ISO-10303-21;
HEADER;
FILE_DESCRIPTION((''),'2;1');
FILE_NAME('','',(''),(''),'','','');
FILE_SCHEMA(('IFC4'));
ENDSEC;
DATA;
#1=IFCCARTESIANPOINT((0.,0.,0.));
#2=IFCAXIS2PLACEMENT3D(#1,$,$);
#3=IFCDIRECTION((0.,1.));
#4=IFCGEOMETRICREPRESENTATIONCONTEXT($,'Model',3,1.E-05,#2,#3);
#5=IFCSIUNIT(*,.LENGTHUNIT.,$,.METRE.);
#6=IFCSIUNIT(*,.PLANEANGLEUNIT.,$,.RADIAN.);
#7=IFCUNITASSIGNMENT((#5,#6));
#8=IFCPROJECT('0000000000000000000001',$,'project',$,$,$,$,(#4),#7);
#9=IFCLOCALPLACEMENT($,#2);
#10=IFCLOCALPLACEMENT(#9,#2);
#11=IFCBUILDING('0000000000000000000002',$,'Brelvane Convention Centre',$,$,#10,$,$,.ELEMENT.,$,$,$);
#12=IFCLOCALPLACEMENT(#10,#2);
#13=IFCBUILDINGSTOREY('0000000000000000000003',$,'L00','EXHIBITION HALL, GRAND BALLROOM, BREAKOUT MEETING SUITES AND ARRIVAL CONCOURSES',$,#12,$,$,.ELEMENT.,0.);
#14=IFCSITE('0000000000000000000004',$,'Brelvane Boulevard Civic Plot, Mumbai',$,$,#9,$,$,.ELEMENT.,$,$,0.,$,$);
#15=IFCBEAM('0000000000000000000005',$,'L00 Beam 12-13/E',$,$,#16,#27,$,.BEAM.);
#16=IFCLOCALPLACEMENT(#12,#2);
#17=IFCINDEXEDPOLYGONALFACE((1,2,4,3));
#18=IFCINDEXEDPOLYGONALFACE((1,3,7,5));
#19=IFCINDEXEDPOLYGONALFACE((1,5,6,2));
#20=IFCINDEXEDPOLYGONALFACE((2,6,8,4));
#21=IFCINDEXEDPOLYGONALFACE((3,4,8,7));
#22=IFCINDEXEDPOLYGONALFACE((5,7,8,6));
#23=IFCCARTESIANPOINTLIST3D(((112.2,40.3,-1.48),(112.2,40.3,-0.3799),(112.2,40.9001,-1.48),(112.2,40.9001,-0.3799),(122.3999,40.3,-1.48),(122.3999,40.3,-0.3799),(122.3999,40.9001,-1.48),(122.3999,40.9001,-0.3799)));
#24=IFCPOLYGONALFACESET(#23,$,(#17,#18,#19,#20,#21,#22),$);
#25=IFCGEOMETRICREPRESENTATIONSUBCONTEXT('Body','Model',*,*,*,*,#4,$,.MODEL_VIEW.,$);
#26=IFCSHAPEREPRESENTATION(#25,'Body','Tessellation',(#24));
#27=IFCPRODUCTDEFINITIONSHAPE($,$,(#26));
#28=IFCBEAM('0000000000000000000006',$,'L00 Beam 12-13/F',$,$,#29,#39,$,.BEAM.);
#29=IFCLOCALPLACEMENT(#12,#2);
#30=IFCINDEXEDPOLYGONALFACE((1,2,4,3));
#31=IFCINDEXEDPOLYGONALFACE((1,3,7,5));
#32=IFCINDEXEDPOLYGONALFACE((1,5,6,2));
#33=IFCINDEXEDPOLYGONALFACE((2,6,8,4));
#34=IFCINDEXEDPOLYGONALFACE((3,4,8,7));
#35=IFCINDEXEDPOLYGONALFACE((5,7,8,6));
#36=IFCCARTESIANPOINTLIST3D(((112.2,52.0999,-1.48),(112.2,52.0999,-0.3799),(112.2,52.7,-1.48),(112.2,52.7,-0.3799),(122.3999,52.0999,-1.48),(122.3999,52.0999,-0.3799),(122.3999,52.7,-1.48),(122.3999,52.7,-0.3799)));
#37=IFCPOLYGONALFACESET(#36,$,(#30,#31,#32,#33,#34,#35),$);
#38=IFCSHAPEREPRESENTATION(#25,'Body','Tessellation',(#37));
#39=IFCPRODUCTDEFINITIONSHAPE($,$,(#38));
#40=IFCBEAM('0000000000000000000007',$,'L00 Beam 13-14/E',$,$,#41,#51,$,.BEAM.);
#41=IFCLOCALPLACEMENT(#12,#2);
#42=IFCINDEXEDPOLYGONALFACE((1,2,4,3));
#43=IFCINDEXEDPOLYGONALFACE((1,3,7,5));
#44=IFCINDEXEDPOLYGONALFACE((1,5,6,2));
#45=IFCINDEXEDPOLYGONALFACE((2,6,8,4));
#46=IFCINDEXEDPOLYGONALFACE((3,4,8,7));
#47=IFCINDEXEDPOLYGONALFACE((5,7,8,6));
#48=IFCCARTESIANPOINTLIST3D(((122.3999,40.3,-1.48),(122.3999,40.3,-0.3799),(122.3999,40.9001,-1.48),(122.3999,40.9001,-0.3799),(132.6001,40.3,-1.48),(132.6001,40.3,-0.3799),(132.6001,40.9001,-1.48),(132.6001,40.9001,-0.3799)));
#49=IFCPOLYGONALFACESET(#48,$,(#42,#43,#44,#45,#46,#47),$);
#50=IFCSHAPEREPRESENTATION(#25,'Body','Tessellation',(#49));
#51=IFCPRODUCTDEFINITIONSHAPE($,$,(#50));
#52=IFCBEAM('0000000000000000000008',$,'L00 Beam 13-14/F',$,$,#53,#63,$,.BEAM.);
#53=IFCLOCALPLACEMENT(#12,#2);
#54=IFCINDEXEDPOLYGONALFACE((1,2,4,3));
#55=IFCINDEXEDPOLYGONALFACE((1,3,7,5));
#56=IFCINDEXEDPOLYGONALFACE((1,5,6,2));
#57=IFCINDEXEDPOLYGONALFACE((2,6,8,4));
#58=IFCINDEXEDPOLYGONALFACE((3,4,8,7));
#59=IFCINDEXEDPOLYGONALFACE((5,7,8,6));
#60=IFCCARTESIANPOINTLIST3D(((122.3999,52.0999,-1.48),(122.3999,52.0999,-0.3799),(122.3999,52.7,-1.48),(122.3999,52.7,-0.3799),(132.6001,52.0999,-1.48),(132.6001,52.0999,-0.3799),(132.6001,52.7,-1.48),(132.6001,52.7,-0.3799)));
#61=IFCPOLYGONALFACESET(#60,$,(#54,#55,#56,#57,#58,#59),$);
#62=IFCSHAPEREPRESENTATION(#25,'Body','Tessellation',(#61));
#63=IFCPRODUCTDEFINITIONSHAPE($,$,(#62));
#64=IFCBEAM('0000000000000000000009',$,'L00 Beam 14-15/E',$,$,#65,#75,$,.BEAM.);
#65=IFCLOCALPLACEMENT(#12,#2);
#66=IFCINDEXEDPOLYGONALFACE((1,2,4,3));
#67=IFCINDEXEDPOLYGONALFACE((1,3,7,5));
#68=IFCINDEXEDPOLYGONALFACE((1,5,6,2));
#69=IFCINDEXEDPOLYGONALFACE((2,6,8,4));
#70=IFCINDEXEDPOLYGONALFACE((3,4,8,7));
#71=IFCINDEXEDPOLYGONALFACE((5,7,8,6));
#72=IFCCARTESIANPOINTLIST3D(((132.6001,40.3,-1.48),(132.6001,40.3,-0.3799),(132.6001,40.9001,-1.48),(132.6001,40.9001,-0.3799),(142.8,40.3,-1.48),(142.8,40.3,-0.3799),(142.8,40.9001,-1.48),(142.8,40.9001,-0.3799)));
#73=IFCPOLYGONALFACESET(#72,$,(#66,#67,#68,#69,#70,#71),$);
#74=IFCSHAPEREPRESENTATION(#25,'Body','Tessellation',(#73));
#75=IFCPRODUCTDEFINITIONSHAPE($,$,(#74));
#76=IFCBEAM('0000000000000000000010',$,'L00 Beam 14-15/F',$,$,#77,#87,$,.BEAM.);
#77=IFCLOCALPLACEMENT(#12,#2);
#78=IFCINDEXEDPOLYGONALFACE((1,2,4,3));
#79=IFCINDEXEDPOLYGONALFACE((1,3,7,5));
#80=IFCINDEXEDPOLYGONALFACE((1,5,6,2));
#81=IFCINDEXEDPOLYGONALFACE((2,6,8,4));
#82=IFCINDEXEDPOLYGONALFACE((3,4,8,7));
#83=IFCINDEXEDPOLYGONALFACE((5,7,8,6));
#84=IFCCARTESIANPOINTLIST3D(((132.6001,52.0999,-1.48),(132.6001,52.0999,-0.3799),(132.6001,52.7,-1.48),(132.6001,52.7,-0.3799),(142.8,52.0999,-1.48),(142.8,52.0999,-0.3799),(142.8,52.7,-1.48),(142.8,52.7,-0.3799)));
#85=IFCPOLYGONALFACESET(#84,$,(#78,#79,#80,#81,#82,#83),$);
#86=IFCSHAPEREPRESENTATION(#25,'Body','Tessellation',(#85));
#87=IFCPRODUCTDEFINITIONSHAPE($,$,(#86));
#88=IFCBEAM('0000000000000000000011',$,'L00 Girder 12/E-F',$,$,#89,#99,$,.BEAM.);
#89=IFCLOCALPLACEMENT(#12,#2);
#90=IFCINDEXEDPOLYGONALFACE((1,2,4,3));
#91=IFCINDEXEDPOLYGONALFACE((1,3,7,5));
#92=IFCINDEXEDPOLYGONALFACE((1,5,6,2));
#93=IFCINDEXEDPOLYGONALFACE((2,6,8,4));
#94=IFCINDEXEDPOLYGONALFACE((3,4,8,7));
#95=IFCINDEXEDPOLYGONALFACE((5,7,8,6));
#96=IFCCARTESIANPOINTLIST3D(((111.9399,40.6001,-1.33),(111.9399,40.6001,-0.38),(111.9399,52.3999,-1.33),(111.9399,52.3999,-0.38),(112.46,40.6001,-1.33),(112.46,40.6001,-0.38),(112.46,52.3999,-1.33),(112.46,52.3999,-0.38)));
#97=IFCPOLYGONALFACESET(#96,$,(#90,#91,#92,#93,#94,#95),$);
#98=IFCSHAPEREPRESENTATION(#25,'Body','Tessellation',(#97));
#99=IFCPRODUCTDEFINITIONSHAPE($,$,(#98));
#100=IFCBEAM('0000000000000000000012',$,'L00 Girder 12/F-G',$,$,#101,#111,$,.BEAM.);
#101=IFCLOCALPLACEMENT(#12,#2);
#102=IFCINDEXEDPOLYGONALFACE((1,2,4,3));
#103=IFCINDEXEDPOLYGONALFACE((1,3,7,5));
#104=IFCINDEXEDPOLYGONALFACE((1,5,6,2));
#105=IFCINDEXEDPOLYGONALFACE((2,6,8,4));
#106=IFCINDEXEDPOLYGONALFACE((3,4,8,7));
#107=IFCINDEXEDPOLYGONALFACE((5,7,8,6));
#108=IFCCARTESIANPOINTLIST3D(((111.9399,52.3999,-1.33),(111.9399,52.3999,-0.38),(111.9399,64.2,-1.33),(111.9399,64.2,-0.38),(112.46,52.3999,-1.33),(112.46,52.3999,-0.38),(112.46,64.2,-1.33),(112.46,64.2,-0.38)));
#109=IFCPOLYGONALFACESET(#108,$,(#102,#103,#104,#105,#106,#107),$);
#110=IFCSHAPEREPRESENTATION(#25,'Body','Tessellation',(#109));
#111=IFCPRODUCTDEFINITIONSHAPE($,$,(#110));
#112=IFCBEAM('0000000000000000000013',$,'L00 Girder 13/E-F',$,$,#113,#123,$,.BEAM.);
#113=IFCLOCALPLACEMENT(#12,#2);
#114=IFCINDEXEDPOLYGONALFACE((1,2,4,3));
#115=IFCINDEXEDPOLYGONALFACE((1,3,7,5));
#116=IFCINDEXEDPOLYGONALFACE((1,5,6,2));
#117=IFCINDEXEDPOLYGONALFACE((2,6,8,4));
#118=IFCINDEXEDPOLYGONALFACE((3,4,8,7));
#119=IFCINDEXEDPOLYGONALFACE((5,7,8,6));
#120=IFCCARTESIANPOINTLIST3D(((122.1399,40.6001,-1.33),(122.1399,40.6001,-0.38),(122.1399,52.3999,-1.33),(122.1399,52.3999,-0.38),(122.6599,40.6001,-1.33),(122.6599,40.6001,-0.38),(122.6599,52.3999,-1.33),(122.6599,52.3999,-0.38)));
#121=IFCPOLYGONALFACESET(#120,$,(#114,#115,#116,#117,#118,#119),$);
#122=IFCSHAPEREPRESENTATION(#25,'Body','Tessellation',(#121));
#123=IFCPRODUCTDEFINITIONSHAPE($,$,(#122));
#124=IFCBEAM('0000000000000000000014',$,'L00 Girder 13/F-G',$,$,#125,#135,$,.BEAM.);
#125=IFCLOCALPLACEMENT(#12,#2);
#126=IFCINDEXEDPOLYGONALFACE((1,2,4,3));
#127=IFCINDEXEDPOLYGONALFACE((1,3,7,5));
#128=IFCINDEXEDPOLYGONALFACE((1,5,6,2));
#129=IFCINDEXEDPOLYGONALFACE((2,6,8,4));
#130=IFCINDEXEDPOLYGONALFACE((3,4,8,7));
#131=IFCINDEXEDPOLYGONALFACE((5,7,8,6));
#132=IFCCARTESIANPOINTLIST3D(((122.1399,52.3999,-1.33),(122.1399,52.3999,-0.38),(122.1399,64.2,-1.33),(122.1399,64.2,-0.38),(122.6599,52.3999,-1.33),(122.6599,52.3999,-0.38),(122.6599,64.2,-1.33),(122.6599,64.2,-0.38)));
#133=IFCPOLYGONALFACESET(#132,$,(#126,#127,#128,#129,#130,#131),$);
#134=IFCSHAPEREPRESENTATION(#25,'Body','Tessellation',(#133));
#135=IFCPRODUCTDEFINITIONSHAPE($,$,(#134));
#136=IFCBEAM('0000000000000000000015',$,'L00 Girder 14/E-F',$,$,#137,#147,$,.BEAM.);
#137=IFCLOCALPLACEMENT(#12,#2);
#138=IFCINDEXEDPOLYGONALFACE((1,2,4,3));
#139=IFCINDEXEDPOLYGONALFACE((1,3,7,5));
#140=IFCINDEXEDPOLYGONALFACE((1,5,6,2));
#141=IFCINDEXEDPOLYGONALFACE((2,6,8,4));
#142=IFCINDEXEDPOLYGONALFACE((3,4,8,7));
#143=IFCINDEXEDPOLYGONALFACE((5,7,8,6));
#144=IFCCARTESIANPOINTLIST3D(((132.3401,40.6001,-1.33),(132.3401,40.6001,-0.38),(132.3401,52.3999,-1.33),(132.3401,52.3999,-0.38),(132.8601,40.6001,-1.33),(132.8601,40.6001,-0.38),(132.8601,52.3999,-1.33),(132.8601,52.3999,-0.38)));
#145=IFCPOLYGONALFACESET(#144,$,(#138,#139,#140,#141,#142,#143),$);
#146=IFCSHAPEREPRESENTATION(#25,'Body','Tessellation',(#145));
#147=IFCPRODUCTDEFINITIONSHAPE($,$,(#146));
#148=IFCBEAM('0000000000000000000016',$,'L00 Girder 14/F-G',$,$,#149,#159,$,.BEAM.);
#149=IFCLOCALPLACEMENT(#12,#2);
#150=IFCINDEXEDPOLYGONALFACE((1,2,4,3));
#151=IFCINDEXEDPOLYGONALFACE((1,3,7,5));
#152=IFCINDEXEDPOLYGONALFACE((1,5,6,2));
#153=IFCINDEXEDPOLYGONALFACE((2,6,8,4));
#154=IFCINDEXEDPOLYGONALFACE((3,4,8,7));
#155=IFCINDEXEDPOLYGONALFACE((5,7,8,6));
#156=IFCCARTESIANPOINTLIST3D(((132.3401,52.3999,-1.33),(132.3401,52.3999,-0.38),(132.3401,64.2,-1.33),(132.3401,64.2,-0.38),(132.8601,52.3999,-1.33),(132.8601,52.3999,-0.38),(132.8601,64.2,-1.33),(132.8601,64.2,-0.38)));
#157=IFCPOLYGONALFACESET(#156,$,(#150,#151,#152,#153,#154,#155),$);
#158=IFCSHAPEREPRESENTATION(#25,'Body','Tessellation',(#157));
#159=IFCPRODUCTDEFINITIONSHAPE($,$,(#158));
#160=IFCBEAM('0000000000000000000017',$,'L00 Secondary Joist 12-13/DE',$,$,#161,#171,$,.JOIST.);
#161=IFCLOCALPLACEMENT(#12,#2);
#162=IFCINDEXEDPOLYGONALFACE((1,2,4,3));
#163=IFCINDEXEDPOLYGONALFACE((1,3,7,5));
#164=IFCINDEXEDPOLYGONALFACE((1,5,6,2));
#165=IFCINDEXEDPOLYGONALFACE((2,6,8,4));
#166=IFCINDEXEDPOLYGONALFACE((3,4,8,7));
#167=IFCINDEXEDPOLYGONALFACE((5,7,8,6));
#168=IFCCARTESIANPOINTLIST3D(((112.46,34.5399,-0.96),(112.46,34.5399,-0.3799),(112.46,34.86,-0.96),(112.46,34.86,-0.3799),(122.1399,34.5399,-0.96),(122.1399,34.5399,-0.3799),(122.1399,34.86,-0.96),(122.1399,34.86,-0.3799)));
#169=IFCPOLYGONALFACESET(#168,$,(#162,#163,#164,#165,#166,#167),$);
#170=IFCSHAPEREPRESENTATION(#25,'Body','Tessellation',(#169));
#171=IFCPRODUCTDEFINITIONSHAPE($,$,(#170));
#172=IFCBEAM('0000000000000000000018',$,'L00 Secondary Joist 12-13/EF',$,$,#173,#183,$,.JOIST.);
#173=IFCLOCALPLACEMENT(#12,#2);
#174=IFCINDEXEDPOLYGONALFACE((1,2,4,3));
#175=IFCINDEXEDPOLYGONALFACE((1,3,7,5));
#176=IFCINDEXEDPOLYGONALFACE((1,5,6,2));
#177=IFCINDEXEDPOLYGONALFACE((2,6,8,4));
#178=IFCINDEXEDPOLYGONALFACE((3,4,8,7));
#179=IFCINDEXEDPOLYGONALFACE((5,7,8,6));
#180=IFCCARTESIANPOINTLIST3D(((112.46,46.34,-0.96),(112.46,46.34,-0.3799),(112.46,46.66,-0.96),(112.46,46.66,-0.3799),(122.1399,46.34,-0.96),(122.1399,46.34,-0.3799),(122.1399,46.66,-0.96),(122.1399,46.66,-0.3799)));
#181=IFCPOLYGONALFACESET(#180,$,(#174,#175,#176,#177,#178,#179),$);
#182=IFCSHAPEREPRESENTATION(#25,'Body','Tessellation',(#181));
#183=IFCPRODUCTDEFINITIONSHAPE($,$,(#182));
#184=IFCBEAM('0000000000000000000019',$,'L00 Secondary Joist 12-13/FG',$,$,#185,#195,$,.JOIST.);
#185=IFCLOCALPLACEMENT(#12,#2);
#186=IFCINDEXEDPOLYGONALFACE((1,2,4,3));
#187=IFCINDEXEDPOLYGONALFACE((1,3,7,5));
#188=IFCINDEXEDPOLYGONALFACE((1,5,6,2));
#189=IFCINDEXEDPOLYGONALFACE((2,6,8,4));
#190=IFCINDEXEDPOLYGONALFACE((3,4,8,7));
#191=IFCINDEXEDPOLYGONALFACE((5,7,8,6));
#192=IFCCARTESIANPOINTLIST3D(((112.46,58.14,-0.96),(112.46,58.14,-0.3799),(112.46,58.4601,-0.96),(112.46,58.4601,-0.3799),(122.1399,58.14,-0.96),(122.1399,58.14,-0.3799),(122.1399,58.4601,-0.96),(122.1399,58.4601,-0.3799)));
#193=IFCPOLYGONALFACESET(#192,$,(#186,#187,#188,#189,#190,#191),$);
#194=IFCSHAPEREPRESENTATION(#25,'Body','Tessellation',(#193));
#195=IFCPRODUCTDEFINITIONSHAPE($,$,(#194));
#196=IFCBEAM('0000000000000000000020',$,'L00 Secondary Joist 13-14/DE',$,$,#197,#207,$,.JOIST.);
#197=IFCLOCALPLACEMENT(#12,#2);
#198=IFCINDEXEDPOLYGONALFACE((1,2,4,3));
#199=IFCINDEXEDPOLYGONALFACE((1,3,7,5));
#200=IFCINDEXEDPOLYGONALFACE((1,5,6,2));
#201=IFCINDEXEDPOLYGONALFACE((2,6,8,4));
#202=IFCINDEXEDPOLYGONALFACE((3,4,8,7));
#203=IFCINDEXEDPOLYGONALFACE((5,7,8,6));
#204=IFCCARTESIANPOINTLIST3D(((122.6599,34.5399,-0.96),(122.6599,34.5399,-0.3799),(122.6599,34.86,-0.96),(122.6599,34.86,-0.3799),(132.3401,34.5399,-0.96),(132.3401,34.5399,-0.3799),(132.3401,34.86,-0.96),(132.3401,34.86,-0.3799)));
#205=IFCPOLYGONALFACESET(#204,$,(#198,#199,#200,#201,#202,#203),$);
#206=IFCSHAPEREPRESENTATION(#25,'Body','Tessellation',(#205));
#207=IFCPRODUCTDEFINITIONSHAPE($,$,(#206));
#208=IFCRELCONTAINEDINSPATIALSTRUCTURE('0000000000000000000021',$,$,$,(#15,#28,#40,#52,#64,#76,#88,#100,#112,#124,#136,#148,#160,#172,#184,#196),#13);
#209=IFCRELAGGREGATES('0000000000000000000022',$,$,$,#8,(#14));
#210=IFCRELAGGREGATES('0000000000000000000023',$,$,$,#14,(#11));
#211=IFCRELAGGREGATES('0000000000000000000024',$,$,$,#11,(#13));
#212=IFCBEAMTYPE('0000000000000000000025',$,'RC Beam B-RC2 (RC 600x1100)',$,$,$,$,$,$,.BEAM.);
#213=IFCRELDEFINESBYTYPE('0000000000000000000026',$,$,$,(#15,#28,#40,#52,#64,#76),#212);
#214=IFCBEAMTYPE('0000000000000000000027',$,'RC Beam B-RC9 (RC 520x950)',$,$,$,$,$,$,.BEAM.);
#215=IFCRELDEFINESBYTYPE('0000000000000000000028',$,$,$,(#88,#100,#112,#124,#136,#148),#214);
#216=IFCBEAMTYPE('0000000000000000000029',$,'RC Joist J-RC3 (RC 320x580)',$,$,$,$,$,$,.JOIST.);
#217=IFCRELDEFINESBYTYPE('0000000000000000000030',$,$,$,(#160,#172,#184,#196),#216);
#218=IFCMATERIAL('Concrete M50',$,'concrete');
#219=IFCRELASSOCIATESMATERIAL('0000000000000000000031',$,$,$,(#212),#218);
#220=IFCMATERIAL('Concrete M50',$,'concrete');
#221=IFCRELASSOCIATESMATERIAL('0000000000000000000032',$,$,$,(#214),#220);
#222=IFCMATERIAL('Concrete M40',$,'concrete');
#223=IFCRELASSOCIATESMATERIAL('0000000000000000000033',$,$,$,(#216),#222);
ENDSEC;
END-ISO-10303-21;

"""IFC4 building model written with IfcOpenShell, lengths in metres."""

from ifc_helpers import new_model, si_unit, direction, frame, origin, origin_2d, place, context, subcontext, project, spatial, rectangle, extrude, material, material_profile, profile_set, type_object, element, save


model = new_model("IFC4")

# Units and contexts
model_context = context("Model", 3, precision=1e-05, world=origin(), true_north=direction((0.0, 1.0)))
body_context = subcontext(model_context, "Body", "Model", "MODEL_VIEW")
ifc_project = project(units=[si_unit("LENGTHUNIT", "METRE"), si_unit("PLANEANGLEUNIT", "RADIAN")], contexts=[model_context])

# Site, building, storey
site_placement = place(None, origin())
site = spatial("IfcSite", under=ifc_project, at=site_placement, Name="Brelvane Boulevard Civic Plot, Mumbai", CompositionType="ELEMENT", RefElevation=0.0)
building_placement = place(site_placement, origin())
building = spatial("IfcBuilding", under=site, at=building_placement, Name="Brelvane Convention Centre", CompositionType="ELEMENT")
storey_placement = place(building_placement, origin())
storey = spatial("IfcBuildingStorey", under=building, at=storey_placement, Name="L00", Description="EXHIBITION HALL, GRAND BALLROOM, BREAKOUT MEETING SUITES AND ARRIVAL CONCOURSES", CompositionType="ELEMENT", Elevation=0.0)

# Beams
ifc_material_1 = material(Name="Concrete M50", Category="concrete")
ifc_material_profile_1 = material_profile(ifc_material_1, rectangle(XDim=0.6001, YDim=1.1001, at=origin_2d()), Name="RC 600x1100")
ifc_profile_set_1 = profile_set([ifc_material_profile_1], Name="Concrete M50")
beam_type_1 = type_object("IfcBeamType", Name="RC Beam B-RC2 (RC 600x1100)", PredefinedType="BEAM", material=ifc_profile_set_1)
for number, where, z_axis, x_axis, name in (
    (1, (112.2, 40.6001, -0.9299), (1.0, 0.0, 0.0), (0.0, 1.0, 0.0), "L00 Beam 12-13/E"),
    (2, (112.2, 52.3999, -0.9299), (1.0, 0.0, 0.0), (0.0, 1.0, 0.0), "L00 Beam 12-13/F"),
):
    element("IfcBeam", number, at=place(storey_placement, frame(where, z_axis=z_axis, x_axis=x_axis)), inside=storey, type_object=beam_type_1, Name=name, PredefinedType="BEAM", context=body_context, shape_type="SweptSolid", body=[
        extrude(rectangle(XDim=0.6001, YDim=1.1001, at=origin_2d()), origin(), (0.0, 0.0, 1.0), 10.2),
    ])
for number, where, z_axis, x_axis, name in (
    (3, (122.3999, 40.6001, -0.9299), (1.0, 0.0, 0.0), (0.0, 1.0, 0.0), "L00 Beam 13-14/E"),
    (4, (122.3999, 52.3999, -0.9299), (1.0, 0.0, 0.0), (0.0, 1.0, 0.0), "L00 Beam 13-14/F"),
):
    element("IfcBeam", number, at=place(storey_placement, frame(where, z_axis=z_axis, x_axis=x_axis)), inside=storey, type_object=beam_type_1, Name=name, PredefinedType="BEAM", context=body_context, shape_type="SweptSolid", body=[
        extrude(rectangle(XDim=0.6001, YDim=1.1001, at=origin_2d()), origin(), (0.0, 0.0, 1.0), 10.2002),
    ])
for number, where, z_axis, x_axis, name in (
    (5, (132.6001, 40.6001, -0.9299), (1.0, 0.0, 0.0), (0.0, 1.0, 0.0), "L00 Beam 14-15/E"),
    (6, (132.6001, 52.3999, -0.9299), (1.0, 0.0, 0.0), (0.0, 1.0, 0.0), "L00 Beam 14-15/F"),
):
    element("IfcBeam", number, at=place(storey_placement, frame(where, z_axis=z_axis, x_axis=x_axis)), inside=storey, type_object=beam_type_1, Name=name, PredefinedType="BEAM", context=body_context, shape_type="SweptSolid", body=[
        extrude(rectangle(XDim=0.6001, YDim=1.1001, at=origin_2d()), origin(), (0.0, 0.0, 1.0), 10.2),
    ])
ifc_material_2 = material(Name="Concrete M50", Category="concrete")
ifc_material_profile_2 = material_profile(ifc_material_2, rectangle(XDim=0.52, YDim=0.95, at=origin_2d()), Name="RC 520x950")
ifc_profile_set_2 = profile_set([ifc_material_profile_2], Name="Concrete M50")
beam_type_2 = type_object("IfcBeamType", Name="RC Beam B-RC9 (RC 520x950)", PredefinedType="BEAM", material=ifc_profile_set_2)
beam_1_placement = place(storey_placement, frame((112.2, 40.6001, -0.855), z_axis=(0.0, 1.0, 0.0), x_axis=(-1.0, 0.0, 0.0)))
element("IfcBeam", 7, at=beam_1_placement, inside=storey, type_object=beam_type_2, Name="L00 Girder 12/E-F", PredefinedType="BEAM", context=body_context, shape_type="SweptSolid", body=[
    extrude(rectangle(XDim=0.52, YDim=0.95, at=origin_2d()), origin(), (0.0, 0.0, 1.0), 11.7998),
])
beam_2_placement = place(storey_placement, frame((112.2, 52.3999, -0.855), z_axis=(0.0, 1.0, 0.0), x_axis=(-1.0, 0.0, 0.0)))
element("IfcBeam", 8, at=beam_2_placement, inside=storey, type_object=beam_type_2, Name="L00 Girder 12/F-G", PredefinedType="BEAM", context=body_context, shape_type="SweptSolid", body=[
    extrude(rectangle(XDim=0.52, YDim=0.95, at=origin_2d()), origin(), (0.0, 0.0, 1.0), 11.8),
])
beam_3_placement = place(storey_placement, frame((122.3999, 40.6001, -0.855), z_axis=(0.0, 1.0, 0.0), x_axis=(-1.0, 0.0, 0.0)))
element("IfcBeam", 9, at=beam_3_placement, inside=storey, type_object=beam_type_2, Name="L00 Girder 13/E-F", PredefinedType="BEAM", context=body_context, shape_type="SweptSolid", body=[
    extrude(rectangle(XDim=0.52, YDim=0.95, at=origin_2d()), origin(), (0.0, 0.0, 1.0), 11.7998),
])
beam_4_placement = place(storey_placement, frame((122.3999, 52.3999, -0.855), z_axis=(0.0, 1.0, 0.0), x_axis=(-1.0, 0.0, 0.0)))
element("IfcBeam", 10, at=beam_4_placement, inside=storey, type_object=beam_type_2, Name="L00 Girder 13/F-G", PredefinedType="BEAM", context=body_context, shape_type="SweptSolid", body=[
    extrude(rectangle(XDim=0.52, YDim=0.95, at=origin_2d()), origin(), (0.0, 0.0, 1.0), 11.8),
])
beam_5_placement = place(storey_placement, frame((132.6001, 40.6001, -0.855), z_axis=(0.0, 1.0, 0.0), x_axis=(-1.0, 0.0, 0.0)))
element("IfcBeam", 11, at=beam_5_placement, inside=storey, type_object=beam_type_2, Name="L00 Girder 14/E-F", PredefinedType="BEAM", context=body_context, shape_type="SweptSolid", body=[
    extrude(rectangle(XDim=0.52, YDim=0.95, at=origin_2d()), origin(), (0.0, 0.0, 1.0), 11.7998),
])
beam_6_placement = place(storey_placement, frame((132.6001, 52.3999, -0.855), z_axis=(0.0, 1.0, 0.0), x_axis=(-1.0, 0.0, 0.0)))
element("IfcBeam", 12, at=beam_6_placement, inside=storey, type_object=beam_type_2, Name="L00 Girder 14/F-G", PredefinedType="BEAM", context=body_context, shape_type="SweptSolid", body=[
    extrude(rectangle(XDim=0.52, YDim=0.95, at=origin_2d()), origin(), (0.0, 0.0, 1.0), 11.8),
])
ifc_material_3 = material(Name="Concrete M40", Category="concrete")
ifc_material_profile_3 = material_profile(ifc_material_3, rectangle(XDim=0.3201, YDim=0.5801, at=origin_2d()), Name="RC 320x580")
ifc_profile_set_3 = profile_set([ifc_material_profile_3], Name="Concrete M40")
beam_type_3 = type_object("IfcBeamType", Name="RC Joist J-RC3 (RC 320x580)", PredefinedType="JOIST", material=ifc_profile_set_3)
for number, where, z_axis, x_axis, name in (
    (13, (112.46, 34.7, -0.6699), (1.0, 0.0, 0.0), (0.0, 1.0, 0.0), "L00 Secondary Joist 12-13/DE"),
    (14, (112.46, 46.5, -0.6699), (1.0, 0.0, 0.0), (0.0, 1.0, 0.0), "L00 Secondary Joist 12-13/EF"),
    (15, (112.46, 58.3, -0.6699), (1.0, 0.0, 0.0), (0.0, 1.0, 0.0), "L00 Secondary Joist 12-13/FG"),
):
    element("IfcBeam", number, at=place(storey_placement, frame(where, z_axis=z_axis, x_axis=x_axis)), inside=storey, type_object=beam_type_3, Name=name, PredefinedType="JOIST", context=body_context, shape_type="SweptSolid", body=[
        extrude(rectangle(XDim=0.3201, YDim=0.5801, at=origin_2d()), origin(), (0.0, 0.0, 1.0), 9.6799),
    ])
for number, where, z_axis, x_axis, name in (
    (16, (122.6599, 34.7, -0.6699), (1.0, 0.0, 0.0), (0.0, 1.0, 0.0), "L00 Secondary Joist 13-14/DE"),
):
    element("IfcBeam", number, at=place(storey_placement, frame(where, z_axis=z_axis, x_axis=x_axis)), inside=storey, type_object=beam_type_3, Name=name, PredefinedType="JOIST", context=body_context, shape_type="SweptSolid", body=[
        extrude(rectangle(XDim=0.3201, YDim=0.5801, at=origin_2d()), origin(), (0.0, 0.0, 1.0), 9.6802),
    ])

save(model, "model.ifc")
